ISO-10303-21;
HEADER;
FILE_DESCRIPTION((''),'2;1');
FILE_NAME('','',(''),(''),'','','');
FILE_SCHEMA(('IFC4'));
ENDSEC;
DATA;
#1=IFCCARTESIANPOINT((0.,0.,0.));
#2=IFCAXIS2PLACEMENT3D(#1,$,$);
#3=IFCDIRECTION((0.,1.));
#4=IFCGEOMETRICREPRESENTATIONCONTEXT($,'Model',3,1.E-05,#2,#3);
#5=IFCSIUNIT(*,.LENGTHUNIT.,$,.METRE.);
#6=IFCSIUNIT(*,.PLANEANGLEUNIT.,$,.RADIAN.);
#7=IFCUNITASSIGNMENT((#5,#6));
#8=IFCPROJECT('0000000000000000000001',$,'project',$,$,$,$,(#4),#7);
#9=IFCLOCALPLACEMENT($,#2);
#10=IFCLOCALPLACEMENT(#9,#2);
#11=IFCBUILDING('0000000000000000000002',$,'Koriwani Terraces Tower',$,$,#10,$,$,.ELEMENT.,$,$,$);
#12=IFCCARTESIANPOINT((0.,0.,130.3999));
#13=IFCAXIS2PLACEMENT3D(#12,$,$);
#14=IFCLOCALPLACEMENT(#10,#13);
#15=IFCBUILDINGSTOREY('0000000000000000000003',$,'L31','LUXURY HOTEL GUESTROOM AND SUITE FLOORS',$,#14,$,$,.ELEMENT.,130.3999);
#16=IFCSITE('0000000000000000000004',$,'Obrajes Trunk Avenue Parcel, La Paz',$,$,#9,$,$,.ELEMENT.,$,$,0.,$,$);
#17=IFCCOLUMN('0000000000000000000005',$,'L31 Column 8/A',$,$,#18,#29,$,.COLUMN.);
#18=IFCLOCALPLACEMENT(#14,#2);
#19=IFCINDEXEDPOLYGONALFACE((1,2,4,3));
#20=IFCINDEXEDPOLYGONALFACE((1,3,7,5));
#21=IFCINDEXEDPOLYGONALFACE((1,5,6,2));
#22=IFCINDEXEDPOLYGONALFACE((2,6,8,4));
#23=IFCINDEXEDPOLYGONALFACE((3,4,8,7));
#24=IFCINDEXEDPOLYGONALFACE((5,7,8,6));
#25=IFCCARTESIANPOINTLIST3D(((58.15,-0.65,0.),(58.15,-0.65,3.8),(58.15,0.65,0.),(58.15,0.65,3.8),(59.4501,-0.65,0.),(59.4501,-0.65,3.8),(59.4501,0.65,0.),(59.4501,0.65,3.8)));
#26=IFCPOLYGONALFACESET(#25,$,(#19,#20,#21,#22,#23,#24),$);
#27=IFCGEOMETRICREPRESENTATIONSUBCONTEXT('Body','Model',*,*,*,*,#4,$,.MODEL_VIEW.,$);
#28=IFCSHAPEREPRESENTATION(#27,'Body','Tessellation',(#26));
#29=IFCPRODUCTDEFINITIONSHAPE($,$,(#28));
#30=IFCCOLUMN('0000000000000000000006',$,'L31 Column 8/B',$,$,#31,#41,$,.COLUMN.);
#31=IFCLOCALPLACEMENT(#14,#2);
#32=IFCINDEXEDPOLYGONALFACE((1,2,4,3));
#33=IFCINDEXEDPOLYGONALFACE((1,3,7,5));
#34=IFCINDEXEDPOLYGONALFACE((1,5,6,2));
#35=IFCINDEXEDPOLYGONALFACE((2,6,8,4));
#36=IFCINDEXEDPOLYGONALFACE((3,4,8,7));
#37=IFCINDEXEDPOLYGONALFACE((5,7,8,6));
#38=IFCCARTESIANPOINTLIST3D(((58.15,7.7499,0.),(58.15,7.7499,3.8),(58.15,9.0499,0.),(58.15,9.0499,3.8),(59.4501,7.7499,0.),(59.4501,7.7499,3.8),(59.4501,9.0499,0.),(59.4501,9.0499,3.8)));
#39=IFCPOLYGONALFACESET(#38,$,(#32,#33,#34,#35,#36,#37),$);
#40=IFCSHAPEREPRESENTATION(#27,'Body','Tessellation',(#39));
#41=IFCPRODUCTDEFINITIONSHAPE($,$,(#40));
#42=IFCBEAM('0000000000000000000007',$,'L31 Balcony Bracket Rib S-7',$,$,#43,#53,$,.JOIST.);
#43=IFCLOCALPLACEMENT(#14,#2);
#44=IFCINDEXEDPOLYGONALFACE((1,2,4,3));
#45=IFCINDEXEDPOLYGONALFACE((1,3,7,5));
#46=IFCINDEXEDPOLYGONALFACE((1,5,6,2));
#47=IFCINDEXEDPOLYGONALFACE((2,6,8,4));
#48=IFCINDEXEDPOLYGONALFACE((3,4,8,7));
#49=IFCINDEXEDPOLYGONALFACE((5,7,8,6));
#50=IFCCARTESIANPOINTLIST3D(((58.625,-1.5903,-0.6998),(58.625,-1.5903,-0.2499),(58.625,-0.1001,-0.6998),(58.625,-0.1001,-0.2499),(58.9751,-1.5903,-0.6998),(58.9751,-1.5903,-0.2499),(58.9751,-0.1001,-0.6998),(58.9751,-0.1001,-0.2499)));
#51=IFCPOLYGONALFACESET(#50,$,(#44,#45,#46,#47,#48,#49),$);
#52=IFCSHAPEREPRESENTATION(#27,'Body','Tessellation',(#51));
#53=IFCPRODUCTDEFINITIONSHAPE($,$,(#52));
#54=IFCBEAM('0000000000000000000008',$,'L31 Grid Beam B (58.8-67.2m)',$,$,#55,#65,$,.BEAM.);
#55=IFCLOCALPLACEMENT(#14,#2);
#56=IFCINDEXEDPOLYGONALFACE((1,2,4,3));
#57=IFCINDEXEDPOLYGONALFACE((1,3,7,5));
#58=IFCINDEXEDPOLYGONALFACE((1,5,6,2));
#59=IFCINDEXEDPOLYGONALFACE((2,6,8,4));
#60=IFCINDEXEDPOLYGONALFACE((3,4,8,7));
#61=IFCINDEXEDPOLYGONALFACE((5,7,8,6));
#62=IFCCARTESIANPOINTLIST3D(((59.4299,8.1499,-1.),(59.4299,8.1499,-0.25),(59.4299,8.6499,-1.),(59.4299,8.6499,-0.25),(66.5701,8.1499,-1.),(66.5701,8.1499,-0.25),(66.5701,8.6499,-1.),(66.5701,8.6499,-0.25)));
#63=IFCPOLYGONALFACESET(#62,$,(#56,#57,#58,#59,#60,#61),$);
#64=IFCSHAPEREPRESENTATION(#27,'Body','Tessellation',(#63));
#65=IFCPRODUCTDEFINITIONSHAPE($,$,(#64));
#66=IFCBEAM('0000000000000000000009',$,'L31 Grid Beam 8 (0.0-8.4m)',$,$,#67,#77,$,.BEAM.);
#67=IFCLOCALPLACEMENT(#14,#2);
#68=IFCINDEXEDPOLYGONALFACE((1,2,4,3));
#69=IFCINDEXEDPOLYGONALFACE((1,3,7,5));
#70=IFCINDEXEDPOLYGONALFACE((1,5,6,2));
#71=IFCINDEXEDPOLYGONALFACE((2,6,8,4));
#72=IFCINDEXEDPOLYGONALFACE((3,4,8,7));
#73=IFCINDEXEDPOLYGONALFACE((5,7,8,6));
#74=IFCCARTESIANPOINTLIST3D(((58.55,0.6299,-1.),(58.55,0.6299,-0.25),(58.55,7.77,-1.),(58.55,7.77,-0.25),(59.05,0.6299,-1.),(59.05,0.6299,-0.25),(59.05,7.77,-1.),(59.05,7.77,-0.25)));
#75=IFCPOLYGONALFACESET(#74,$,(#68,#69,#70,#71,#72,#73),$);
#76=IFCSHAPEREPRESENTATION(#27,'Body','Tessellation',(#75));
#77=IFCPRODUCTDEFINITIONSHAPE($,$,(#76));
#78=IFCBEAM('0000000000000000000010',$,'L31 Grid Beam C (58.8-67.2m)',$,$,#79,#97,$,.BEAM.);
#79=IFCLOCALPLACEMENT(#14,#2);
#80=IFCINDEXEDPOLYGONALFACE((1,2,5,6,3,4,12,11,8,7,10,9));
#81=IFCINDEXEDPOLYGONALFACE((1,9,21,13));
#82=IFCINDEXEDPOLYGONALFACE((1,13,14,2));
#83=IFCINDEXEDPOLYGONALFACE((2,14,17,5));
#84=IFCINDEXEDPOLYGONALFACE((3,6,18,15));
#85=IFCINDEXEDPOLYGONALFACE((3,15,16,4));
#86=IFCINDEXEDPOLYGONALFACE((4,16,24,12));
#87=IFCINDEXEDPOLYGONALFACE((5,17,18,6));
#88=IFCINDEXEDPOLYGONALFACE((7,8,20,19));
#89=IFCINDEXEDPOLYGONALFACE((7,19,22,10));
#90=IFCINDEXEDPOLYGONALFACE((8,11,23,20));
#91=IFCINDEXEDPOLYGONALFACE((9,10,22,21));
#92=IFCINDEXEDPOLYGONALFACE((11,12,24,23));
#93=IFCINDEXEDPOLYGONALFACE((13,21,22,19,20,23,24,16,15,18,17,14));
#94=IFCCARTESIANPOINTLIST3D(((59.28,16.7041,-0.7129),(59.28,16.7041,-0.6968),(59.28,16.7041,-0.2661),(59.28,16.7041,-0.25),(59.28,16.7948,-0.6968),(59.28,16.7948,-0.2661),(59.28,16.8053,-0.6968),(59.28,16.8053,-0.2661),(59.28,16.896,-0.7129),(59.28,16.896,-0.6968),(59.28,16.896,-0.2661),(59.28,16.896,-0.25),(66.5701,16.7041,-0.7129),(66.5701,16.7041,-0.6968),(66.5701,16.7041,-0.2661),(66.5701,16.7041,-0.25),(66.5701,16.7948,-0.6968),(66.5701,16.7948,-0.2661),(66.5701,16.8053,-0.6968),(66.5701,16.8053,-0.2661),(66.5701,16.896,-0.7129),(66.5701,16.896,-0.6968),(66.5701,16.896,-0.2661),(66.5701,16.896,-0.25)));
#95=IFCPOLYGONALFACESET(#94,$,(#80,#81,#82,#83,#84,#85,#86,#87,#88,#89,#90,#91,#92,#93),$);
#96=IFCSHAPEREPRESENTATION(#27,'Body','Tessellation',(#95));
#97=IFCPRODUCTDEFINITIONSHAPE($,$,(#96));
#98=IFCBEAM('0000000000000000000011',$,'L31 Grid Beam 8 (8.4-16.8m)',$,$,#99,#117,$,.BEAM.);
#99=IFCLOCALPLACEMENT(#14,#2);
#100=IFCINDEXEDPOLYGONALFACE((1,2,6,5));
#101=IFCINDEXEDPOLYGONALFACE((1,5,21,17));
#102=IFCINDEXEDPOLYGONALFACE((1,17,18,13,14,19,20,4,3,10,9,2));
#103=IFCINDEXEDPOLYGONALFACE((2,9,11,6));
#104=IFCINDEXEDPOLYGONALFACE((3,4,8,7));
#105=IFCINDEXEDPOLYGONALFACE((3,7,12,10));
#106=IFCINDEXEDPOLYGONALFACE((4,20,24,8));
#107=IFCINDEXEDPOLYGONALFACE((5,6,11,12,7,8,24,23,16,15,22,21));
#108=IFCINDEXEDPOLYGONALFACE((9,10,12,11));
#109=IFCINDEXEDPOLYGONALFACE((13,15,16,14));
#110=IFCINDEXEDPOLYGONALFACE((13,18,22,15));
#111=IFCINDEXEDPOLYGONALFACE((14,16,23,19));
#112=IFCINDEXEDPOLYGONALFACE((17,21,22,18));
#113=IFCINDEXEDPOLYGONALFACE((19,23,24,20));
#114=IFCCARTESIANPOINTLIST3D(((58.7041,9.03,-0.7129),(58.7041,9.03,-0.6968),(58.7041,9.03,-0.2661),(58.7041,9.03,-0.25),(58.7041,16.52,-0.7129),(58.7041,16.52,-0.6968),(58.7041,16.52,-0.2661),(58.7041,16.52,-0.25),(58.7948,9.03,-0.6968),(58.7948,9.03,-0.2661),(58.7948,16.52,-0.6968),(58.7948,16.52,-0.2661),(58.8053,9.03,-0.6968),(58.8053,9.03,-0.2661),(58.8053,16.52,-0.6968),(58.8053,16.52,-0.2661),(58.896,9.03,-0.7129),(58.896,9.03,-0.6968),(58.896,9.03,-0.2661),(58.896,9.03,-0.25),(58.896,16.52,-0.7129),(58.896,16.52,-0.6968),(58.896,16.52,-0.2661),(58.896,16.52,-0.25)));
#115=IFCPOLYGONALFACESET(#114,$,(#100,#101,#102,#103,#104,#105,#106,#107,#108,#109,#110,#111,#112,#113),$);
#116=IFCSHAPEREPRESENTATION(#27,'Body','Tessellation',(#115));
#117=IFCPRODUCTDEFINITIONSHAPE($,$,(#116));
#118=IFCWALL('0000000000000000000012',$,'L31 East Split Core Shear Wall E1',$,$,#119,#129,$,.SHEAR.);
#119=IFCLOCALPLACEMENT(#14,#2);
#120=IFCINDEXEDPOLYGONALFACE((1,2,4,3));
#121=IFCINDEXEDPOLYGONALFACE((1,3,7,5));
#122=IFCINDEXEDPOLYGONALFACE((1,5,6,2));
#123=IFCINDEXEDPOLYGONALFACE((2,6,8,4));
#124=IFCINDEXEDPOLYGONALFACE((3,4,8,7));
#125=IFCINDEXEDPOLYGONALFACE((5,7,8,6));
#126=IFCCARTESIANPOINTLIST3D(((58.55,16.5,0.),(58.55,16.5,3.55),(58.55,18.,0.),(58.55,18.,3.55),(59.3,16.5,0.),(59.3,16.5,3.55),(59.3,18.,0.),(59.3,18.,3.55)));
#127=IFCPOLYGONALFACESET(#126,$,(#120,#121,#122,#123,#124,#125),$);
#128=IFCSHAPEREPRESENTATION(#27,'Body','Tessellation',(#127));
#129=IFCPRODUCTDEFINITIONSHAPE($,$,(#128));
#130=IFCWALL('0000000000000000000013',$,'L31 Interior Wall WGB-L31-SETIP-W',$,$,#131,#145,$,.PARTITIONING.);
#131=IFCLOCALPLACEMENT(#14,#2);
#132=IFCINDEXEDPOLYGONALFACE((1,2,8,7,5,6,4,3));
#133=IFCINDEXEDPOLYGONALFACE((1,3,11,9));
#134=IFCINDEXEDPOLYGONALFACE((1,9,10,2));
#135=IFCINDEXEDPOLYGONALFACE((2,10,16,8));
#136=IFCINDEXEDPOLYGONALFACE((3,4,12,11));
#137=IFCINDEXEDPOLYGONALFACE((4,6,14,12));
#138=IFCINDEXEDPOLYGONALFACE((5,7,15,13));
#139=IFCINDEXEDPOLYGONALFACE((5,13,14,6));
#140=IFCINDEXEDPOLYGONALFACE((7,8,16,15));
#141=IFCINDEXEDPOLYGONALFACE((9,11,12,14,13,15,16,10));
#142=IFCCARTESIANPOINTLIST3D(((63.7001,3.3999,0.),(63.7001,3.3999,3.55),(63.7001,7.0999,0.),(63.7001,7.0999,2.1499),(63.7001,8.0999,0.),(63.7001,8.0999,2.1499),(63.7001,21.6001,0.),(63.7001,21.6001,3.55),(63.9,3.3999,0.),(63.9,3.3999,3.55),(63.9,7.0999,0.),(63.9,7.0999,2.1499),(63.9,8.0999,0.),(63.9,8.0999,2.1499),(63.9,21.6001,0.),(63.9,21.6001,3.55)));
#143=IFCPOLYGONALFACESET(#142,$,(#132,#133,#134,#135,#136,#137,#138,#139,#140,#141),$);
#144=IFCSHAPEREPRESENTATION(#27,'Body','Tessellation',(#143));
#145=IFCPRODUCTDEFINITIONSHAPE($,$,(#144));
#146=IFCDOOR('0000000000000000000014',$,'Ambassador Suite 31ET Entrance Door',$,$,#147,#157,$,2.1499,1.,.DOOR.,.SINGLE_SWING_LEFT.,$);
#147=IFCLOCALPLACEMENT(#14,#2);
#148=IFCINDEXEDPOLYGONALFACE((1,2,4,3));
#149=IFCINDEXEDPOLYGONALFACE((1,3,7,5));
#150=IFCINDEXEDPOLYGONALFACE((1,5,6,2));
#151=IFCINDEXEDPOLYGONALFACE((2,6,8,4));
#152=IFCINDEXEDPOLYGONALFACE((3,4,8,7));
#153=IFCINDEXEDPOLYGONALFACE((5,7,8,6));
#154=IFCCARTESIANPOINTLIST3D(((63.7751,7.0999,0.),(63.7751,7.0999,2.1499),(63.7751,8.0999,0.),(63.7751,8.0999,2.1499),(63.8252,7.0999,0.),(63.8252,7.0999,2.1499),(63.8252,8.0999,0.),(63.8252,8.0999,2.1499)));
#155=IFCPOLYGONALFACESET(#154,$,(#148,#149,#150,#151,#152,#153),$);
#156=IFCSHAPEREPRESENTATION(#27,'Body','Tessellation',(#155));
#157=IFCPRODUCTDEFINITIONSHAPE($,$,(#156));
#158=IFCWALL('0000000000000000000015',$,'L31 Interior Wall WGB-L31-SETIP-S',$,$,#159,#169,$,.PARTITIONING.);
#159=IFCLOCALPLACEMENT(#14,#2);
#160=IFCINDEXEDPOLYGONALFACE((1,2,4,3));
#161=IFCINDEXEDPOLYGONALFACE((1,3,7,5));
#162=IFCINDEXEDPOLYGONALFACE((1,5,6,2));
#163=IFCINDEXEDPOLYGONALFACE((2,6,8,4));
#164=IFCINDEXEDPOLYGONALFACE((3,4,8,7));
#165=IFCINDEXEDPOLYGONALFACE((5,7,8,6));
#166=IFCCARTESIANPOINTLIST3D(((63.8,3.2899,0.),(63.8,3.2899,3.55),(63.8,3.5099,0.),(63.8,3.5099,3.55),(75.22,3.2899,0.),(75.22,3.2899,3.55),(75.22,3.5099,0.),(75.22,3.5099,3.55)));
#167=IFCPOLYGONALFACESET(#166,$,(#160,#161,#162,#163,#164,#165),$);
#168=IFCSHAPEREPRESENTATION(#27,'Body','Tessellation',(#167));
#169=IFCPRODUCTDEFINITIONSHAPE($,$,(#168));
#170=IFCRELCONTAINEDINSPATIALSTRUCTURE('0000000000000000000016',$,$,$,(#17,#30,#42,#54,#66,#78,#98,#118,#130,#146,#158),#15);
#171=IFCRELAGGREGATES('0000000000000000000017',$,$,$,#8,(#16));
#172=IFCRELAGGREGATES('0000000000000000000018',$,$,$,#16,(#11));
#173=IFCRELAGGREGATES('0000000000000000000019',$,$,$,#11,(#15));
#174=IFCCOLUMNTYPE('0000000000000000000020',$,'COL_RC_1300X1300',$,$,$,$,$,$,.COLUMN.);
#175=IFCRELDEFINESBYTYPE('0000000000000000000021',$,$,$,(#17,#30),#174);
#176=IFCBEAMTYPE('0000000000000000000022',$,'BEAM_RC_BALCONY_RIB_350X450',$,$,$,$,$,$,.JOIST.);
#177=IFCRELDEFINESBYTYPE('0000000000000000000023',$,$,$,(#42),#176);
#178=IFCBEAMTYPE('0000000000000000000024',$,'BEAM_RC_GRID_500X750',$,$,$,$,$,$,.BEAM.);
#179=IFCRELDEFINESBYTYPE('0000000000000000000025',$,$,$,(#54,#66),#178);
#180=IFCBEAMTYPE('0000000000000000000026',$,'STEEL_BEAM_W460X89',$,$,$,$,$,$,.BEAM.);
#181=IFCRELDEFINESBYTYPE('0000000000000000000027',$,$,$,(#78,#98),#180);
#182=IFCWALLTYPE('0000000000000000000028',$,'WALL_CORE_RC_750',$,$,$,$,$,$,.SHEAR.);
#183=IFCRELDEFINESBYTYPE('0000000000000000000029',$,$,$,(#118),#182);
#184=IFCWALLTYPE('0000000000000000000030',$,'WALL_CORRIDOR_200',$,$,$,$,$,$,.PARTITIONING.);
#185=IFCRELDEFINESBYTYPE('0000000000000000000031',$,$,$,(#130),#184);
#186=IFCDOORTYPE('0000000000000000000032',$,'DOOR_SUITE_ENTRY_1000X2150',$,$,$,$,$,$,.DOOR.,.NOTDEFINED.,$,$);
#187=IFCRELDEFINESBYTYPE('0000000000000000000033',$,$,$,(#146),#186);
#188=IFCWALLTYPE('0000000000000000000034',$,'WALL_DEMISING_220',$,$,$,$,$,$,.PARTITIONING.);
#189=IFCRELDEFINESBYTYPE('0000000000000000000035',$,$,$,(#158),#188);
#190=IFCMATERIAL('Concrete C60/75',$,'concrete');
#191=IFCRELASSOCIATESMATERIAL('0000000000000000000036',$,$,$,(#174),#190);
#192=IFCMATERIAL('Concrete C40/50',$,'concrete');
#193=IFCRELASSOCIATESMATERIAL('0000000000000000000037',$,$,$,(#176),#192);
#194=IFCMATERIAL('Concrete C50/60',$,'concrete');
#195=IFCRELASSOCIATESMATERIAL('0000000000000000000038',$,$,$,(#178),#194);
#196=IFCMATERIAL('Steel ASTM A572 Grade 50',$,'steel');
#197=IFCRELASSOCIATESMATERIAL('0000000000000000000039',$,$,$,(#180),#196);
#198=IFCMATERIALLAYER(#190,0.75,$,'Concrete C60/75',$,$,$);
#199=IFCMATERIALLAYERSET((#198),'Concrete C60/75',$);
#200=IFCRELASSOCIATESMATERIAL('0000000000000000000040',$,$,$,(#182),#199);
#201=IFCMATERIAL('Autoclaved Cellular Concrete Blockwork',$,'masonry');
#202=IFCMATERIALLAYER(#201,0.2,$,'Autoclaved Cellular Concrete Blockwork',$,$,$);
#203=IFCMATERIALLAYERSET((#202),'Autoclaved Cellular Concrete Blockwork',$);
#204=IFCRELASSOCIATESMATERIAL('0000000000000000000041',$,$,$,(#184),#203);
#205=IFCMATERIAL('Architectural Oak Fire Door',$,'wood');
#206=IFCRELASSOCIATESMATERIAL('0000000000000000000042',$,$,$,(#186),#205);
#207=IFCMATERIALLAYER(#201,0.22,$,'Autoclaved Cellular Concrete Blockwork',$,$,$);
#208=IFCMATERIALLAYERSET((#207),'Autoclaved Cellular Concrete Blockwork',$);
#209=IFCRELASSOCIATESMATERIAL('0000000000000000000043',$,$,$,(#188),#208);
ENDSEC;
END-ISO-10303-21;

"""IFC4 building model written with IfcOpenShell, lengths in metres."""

from ifc_helpers import new_model, si_unit, direction, frame, frame_2d, origin, origin_2d, place, context, subcontext, project, spatial, rectangle, i_section, extrude, material, layer, layer_set, material_profile, profile_set, type_object, element, fill, save


model = new_model("IFC4")

# Units and contexts
model_context = context("Model", 3, precision=1e-05, world=origin(), true_north=direction((0.0, 1.0)))
body_context = subcontext(model_context, "Body", "Model", "MODEL_VIEW")
ifc_project = project(units=[si_unit("LENGTHUNIT", "METRE"), si_unit("PLANEANGLEUNIT", "RADIAN")], contexts=[model_context])

# Site, building, storey
site_placement = place(None, origin())
site = spatial("IfcSite", under=ifc_project, at=site_placement, Name="Obrajes Trunk Avenue Parcel, La Paz", CompositionType="ELEMENT", RefElevation=0.0)
building_placement = place(site_placement, origin())
building = spatial("IfcBuilding", under=site, at=building_placement, Name="Koriwani Terraces Tower", CompositionType="ELEMENT")
storey_placement = place(building_placement, frame((0.0, 0.0, 130.3999)))
storey = spatial("IfcBuildingStorey", under=building, at=storey_placement, Name="L31", Description="LUXURY HOTEL GUESTROOM AND SUITE FLOORS", CompositionType="ELEMENT", Elevation=130.3999)

# Columns
ifc_material_1 = material(Name="Concrete C60/75", Category="concrete")
ifc_material_profile_1 = material_profile(ifc_material_1, rectangle(XDim=1.3, YDim=1.3, at=origin_2d()), Name="Concrete C60/75", Category="LoadBearing")
ifc_profile_set_1 = profile_set([ifc_material_profile_1], Name="Concrete C60/75")
column_type = type_object("IfcColumnType", Name="COL_RC_1300X1300", PredefinedType="COLUMN", material=ifc_profile_set_1)
for number, where, z_axis, x_axis, name in (
    (1, (58.8, 0.0, 0.0), (0.0, 0.0, 1.0), (1.0, 0.0, 0.0), "L31 Column 8/A"),
    (2, (58.8, 8.3999, 0.0), (0.0, 0.0, 1.0), (1.0, 0.0, 0.0), "L31 Column 8/B"),
):
    element("IfcColumn", number, at=place(storey_placement, frame(where, z_axis=z_axis, x_axis=x_axis)), inside=storey, type_object=column_type, Name=name, PredefinedType="COLUMN", context=body_context, shape_type="SweptSolid", body=[
        extrude(rectangle(XDim=1.3, YDim=1.3, at=origin_2d()), origin(), (0.0, 0.0, 1.0), 3.8),
    ])

# Beams
ifc_material_2 = material(Name="Concrete C40/50", Category="concrete")
ifc_material_profile_2 = material_profile(ifc_material_2, rectangle(XDim=0.3501, YDim=0.45, at=origin_2d()), Name="Concrete C40/50", Category="LoadBearing")
ifc_profile_set_2 = profile_set([ifc_material_profile_2], Name="Concrete C40/50")
beam_type_1 = type_object("IfcBeamType", Name="BEAM_RC_BALCONY_RIB_350X450", PredefinedType="JOIST", material=ifc_profile_set_2)
beam_1_placement = place(storey_placement, frame((58.8, -1.5903, -0.4749), z_axis=(0.0, 1.0, 0.0), x_axis=(-1.0, 0.0, 0.0)))
element("IfcBeam", 3, at=beam_1_placement, inside=storey, type_object=beam_type_1, Name="L31 Balcony Bracket Rib S-7", PredefinedType="JOIST", context=body_context, shape_type="SweptSolid", body=[
    extrude(rectangle(XDim=0.3501, YDim=0.45, at=origin_2d()), origin(), (0.0, 0.0, 1.0), 1.4902),
])
ifc_material_3 = material(Name="Concrete C50/60", Category="concrete")
ifc_material_profile_3 = material_profile(ifc_material_3, rectangle(XDim=0.5, YDim=0.75, at=origin_2d()), Name="Concrete C50/60", Category="LoadBearing")
ifc_profile_set_3 = profile_set([ifc_material_profile_3], Name="Concrete C50/60")
beam_type_2 = type_object("IfcBeamType", Name="BEAM_RC_GRID_500X750", PredefinedType="BEAM", material=ifc_profile_set_3)
for number, where, z_axis, x_axis, name in (
    (4, (59.4299, 8.3999, -0.625), (1.0, 0.0, 0.0), (0.0, 1.0, 0.0), "L31 Grid Beam B (58.8-67.2m)"),
    (5, (58.8, 0.6299, -0.625), (0.0, 1.0, 0.0), (-1.0, 0.0, 0.0), "L31 Grid Beam 8 (0.0-8.4m)"),
):
    element("IfcBeam", number, at=place(storey_placement, frame(where, z_axis=z_axis, x_axis=x_axis)), inside=storey, type_object=beam_type_2, Name=name, PredefinedType="BEAM", context=body_context, shape_type="SweptSolid", body=[
        extrude(rectangle(XDim=0.5, YDim=0.75, at=origin_2d()), origin(), (0.0, 0.0, 1.0), 7.1401),
    ])
ifc_material_4 = material(Name="Steel ASTM A572 Grade 50", Category="steel")
ifc_material_profile_4 = material_profile(ifc_material_4, i_section(OverallWidth=0.1919, OverallDepth=0.4629, WebThickness=0.0105, FlangeThickness=0.0161, at=origin_2d()), Name="Steel ASTM A572 Grade 50", Category="LoadBearing")
ifc_profile_set_4 = profile_set([ifc_material_profile_4], Name="Steel ASTM A572 Grade 50")
beam_type_3 = type_object("IfcBeamType", Name="STEEL_BEAM_W460X89", PredefinedType="BEAM", material=ifc_profile_set_4)
beam_2_placement = place(storey_placement, frame((59.28, 16.8, -0.4814), z_axis=(1.0, 0.0, 0.0), x_axis=(0.0, 1.0, 0.0)))
element("IfcBeam", 6, at=beam_2_placement, inside=storey, type_object=beam_type_3, Name="L31 Grid Beam C (58.8-67.2m)", PredefinedType="BEAM", context=body_context, shape_type="SweptSolid", body=[
    extrude(i_section(OverallWidth=0.1919, OverallDepth=0.4629, WebThickness=0.0105, FlangeThickness=0.0161, at=origin_2d()), origin(), (0.0, 0.0, 1.0), 7.29),
])
beam_3_placement = place(storey_placement, frame((58.8, 9.03, -0.4814), z_axis=(0.0, 1.0, 0.0), x_axis=(-1.0, 0.0, 0.0)))
element("IfcBeam", 7, at=beam_3_placement, inside=storey, type_object=beam_type_3, Name="L31 Grid Beam 8 (8.4-16.8m)", PredefinedType="BEAM", context=body_context, shape_type="SweptSolid", body=[
    extrude(i_section(OverallWidth=0.1919, OverallDepth=0.4629, WebThickness=0.0105, FlangeThickness=0.0161, at=origin_2d()), origin(), (0.0, 0.0, 1.0), 7.49),
])

# Wall
ifc_layer_1 = layer(ifc_material_1, 0.75, Name="Concrete C60/75")
ifc_layer_set_1 = layer_set([ifc_layer_1], Name="Concrete C60/75")
wall_type_1 = type_object("IfcWallType", Name="WALL_CORE_RC_750", PredefinedType="SHEAR", material=ifc_layer_set_1)
wall_1_placement = place(storey_placement, frame((58.925, 16.5, 0.0), z_axis=(0.0, 0.0, 1.0), x_axis=(0.0, 1.0, 0.0)))
element("IfcWall", 8, at=wall_1_placement, inside=storey, type_object=wall_type_1, Name="L31 East Split Core Shear Wall E1", PredefinedType="SHEAR", context=body_context, shape_type="SweptSolid", body=[
    extrude(rectangle(XDim=1.5, YDim=0.75, at=frame_2d((0.75, 0.0))), origin(), (0.0, 0.0, 1.0), 3.55),
])

# Wall, opening, door
ifc_material_5 = material(Name="Autoclaved Cellular Concrete Blockwork", Category="masonry")
ifc_layer_2 = layer(ifc_material_5, 0.2, Name="Autoclaved Cellular Concrete Blockwork")
ifc_layer_set_2 = layer_set([ifc_layer_2], Name="Autoclaved Cellular Concrete Blockwork")
wall_type_2 = type_object("IfcWallType", Name="WALL_CORRIDOR_200", PredefinedType="PARTITIONING", material=ifc_layer_set_2)
wall_2_placement = place(storey_placement, frame((63.8, 3.3999, 0.0), z_axis=(0.0, 0.0, 1.0), x_axis=(0.0, 1.0, 0.0)))
wall_2 = element("IfcWall", 9, at=wall_2_placement, inside=storey, type_object=wall_type_2, Name="L31 Interior Wall WGB-L31-SETIP-W", PredefinedType="PARTITIONING", context=body_context, shape_type="SweptSolid", body=[
    extrude(rectangle(XDim=18.2002, YDim=0.2, at=frame_2d((9.1001, 0.0))), origin(), (0.0, 0.0, 1.0), 3.55),
])
opening_placement = place(wall_2_placement, frame((3.7, 0.0, 0.0)))
opening = element("IfcOpeningElement", 10, at=opening_placement, cuts=wall_2, PredefinedType="OPENING", context=body_context, shape_type="SweptSolid", body=[
    extrude(rectangle(XDim=1.0, YDim=2.1499, at=frame_2d((0.5, 1.075))), frame((0.0, 0.1099, 0.0), z_axis=(0.0, -1.0, 0.0), x_axis=(1.0, 0.0, 0.0)), (0.0, 0.0, 1.0), 0.22),
])
ifc_material_6 = material(Name="Architectural Oak Fire Door", Category="wood")
door_type = type_object("IfcDoorType", Name="DOOR_SUITE_ENTRY_1000X2150", OperationType="NOTDEFINED", PredefinedType="DOOR", material=ifc_material_6)
door_placement = place(opening_placement, origin())
door = element("IfcDoor", 11, at=door_placement, inside=storey, type_object=door_type, Name="Ambassador Suite 31ET Entrance Door", OperationType="SINGLE_SWING_LEFT", OverallHeight=2.1499, OverallWidth=1.0, PredefinedType="DOOR", context=body_context, shape_type="SweptSolid", body=[
    extrude(rectangle(XDim=1.0, YDim=2.1499, at=frame_2d((0.5, 1.075))), frame((0.0, 0.0249, 0.0), z_axis=(0.0, -1.0, 0.0), x_axis=(1.0, 0.0, 0.0)), (0.0, 0.0, 1.0), 0.05),
])
fill(opening, door)

# Wall
ifc_layer_3 = layer(ifc_material_5, 0.22, Name="Autoclaved Cellular Concrete Blockwork")
ifc_layer_set_3 = layer_set([ifc_layer_3], Name="Autoclaved Cellular Concrete Blockwork")
wall_type_3 = type_object("IfcWallType", Name="WALL_DEMISING_220", PredefinedType="PARTITIONING", material=ifc_layer_set_3)
wall_3_placement = place(storey_placement, frame((63.8, 3.3999, 0.0), z_axis=(0.0, 0.0, 1.0), x_axis=(1.0, 0.0, 0.0)))
element("IfcWall", 12, at=wall_3_placement, inside=storey, type_object=wall_type_3, Name="L31 Interior Wall WGB-L31-SETIP-S", PredefinedType="PARTITIONING", context=body_context, shape_type="SweptSolid", body=[
    extrude(rectangle(XDim=11.4199, YDim=0.22, at=frame_2d((5.71, 0.0))), origin(), (0.0, 0.0, 1.0), 3.55),
])

save(model, "model.ifc")
